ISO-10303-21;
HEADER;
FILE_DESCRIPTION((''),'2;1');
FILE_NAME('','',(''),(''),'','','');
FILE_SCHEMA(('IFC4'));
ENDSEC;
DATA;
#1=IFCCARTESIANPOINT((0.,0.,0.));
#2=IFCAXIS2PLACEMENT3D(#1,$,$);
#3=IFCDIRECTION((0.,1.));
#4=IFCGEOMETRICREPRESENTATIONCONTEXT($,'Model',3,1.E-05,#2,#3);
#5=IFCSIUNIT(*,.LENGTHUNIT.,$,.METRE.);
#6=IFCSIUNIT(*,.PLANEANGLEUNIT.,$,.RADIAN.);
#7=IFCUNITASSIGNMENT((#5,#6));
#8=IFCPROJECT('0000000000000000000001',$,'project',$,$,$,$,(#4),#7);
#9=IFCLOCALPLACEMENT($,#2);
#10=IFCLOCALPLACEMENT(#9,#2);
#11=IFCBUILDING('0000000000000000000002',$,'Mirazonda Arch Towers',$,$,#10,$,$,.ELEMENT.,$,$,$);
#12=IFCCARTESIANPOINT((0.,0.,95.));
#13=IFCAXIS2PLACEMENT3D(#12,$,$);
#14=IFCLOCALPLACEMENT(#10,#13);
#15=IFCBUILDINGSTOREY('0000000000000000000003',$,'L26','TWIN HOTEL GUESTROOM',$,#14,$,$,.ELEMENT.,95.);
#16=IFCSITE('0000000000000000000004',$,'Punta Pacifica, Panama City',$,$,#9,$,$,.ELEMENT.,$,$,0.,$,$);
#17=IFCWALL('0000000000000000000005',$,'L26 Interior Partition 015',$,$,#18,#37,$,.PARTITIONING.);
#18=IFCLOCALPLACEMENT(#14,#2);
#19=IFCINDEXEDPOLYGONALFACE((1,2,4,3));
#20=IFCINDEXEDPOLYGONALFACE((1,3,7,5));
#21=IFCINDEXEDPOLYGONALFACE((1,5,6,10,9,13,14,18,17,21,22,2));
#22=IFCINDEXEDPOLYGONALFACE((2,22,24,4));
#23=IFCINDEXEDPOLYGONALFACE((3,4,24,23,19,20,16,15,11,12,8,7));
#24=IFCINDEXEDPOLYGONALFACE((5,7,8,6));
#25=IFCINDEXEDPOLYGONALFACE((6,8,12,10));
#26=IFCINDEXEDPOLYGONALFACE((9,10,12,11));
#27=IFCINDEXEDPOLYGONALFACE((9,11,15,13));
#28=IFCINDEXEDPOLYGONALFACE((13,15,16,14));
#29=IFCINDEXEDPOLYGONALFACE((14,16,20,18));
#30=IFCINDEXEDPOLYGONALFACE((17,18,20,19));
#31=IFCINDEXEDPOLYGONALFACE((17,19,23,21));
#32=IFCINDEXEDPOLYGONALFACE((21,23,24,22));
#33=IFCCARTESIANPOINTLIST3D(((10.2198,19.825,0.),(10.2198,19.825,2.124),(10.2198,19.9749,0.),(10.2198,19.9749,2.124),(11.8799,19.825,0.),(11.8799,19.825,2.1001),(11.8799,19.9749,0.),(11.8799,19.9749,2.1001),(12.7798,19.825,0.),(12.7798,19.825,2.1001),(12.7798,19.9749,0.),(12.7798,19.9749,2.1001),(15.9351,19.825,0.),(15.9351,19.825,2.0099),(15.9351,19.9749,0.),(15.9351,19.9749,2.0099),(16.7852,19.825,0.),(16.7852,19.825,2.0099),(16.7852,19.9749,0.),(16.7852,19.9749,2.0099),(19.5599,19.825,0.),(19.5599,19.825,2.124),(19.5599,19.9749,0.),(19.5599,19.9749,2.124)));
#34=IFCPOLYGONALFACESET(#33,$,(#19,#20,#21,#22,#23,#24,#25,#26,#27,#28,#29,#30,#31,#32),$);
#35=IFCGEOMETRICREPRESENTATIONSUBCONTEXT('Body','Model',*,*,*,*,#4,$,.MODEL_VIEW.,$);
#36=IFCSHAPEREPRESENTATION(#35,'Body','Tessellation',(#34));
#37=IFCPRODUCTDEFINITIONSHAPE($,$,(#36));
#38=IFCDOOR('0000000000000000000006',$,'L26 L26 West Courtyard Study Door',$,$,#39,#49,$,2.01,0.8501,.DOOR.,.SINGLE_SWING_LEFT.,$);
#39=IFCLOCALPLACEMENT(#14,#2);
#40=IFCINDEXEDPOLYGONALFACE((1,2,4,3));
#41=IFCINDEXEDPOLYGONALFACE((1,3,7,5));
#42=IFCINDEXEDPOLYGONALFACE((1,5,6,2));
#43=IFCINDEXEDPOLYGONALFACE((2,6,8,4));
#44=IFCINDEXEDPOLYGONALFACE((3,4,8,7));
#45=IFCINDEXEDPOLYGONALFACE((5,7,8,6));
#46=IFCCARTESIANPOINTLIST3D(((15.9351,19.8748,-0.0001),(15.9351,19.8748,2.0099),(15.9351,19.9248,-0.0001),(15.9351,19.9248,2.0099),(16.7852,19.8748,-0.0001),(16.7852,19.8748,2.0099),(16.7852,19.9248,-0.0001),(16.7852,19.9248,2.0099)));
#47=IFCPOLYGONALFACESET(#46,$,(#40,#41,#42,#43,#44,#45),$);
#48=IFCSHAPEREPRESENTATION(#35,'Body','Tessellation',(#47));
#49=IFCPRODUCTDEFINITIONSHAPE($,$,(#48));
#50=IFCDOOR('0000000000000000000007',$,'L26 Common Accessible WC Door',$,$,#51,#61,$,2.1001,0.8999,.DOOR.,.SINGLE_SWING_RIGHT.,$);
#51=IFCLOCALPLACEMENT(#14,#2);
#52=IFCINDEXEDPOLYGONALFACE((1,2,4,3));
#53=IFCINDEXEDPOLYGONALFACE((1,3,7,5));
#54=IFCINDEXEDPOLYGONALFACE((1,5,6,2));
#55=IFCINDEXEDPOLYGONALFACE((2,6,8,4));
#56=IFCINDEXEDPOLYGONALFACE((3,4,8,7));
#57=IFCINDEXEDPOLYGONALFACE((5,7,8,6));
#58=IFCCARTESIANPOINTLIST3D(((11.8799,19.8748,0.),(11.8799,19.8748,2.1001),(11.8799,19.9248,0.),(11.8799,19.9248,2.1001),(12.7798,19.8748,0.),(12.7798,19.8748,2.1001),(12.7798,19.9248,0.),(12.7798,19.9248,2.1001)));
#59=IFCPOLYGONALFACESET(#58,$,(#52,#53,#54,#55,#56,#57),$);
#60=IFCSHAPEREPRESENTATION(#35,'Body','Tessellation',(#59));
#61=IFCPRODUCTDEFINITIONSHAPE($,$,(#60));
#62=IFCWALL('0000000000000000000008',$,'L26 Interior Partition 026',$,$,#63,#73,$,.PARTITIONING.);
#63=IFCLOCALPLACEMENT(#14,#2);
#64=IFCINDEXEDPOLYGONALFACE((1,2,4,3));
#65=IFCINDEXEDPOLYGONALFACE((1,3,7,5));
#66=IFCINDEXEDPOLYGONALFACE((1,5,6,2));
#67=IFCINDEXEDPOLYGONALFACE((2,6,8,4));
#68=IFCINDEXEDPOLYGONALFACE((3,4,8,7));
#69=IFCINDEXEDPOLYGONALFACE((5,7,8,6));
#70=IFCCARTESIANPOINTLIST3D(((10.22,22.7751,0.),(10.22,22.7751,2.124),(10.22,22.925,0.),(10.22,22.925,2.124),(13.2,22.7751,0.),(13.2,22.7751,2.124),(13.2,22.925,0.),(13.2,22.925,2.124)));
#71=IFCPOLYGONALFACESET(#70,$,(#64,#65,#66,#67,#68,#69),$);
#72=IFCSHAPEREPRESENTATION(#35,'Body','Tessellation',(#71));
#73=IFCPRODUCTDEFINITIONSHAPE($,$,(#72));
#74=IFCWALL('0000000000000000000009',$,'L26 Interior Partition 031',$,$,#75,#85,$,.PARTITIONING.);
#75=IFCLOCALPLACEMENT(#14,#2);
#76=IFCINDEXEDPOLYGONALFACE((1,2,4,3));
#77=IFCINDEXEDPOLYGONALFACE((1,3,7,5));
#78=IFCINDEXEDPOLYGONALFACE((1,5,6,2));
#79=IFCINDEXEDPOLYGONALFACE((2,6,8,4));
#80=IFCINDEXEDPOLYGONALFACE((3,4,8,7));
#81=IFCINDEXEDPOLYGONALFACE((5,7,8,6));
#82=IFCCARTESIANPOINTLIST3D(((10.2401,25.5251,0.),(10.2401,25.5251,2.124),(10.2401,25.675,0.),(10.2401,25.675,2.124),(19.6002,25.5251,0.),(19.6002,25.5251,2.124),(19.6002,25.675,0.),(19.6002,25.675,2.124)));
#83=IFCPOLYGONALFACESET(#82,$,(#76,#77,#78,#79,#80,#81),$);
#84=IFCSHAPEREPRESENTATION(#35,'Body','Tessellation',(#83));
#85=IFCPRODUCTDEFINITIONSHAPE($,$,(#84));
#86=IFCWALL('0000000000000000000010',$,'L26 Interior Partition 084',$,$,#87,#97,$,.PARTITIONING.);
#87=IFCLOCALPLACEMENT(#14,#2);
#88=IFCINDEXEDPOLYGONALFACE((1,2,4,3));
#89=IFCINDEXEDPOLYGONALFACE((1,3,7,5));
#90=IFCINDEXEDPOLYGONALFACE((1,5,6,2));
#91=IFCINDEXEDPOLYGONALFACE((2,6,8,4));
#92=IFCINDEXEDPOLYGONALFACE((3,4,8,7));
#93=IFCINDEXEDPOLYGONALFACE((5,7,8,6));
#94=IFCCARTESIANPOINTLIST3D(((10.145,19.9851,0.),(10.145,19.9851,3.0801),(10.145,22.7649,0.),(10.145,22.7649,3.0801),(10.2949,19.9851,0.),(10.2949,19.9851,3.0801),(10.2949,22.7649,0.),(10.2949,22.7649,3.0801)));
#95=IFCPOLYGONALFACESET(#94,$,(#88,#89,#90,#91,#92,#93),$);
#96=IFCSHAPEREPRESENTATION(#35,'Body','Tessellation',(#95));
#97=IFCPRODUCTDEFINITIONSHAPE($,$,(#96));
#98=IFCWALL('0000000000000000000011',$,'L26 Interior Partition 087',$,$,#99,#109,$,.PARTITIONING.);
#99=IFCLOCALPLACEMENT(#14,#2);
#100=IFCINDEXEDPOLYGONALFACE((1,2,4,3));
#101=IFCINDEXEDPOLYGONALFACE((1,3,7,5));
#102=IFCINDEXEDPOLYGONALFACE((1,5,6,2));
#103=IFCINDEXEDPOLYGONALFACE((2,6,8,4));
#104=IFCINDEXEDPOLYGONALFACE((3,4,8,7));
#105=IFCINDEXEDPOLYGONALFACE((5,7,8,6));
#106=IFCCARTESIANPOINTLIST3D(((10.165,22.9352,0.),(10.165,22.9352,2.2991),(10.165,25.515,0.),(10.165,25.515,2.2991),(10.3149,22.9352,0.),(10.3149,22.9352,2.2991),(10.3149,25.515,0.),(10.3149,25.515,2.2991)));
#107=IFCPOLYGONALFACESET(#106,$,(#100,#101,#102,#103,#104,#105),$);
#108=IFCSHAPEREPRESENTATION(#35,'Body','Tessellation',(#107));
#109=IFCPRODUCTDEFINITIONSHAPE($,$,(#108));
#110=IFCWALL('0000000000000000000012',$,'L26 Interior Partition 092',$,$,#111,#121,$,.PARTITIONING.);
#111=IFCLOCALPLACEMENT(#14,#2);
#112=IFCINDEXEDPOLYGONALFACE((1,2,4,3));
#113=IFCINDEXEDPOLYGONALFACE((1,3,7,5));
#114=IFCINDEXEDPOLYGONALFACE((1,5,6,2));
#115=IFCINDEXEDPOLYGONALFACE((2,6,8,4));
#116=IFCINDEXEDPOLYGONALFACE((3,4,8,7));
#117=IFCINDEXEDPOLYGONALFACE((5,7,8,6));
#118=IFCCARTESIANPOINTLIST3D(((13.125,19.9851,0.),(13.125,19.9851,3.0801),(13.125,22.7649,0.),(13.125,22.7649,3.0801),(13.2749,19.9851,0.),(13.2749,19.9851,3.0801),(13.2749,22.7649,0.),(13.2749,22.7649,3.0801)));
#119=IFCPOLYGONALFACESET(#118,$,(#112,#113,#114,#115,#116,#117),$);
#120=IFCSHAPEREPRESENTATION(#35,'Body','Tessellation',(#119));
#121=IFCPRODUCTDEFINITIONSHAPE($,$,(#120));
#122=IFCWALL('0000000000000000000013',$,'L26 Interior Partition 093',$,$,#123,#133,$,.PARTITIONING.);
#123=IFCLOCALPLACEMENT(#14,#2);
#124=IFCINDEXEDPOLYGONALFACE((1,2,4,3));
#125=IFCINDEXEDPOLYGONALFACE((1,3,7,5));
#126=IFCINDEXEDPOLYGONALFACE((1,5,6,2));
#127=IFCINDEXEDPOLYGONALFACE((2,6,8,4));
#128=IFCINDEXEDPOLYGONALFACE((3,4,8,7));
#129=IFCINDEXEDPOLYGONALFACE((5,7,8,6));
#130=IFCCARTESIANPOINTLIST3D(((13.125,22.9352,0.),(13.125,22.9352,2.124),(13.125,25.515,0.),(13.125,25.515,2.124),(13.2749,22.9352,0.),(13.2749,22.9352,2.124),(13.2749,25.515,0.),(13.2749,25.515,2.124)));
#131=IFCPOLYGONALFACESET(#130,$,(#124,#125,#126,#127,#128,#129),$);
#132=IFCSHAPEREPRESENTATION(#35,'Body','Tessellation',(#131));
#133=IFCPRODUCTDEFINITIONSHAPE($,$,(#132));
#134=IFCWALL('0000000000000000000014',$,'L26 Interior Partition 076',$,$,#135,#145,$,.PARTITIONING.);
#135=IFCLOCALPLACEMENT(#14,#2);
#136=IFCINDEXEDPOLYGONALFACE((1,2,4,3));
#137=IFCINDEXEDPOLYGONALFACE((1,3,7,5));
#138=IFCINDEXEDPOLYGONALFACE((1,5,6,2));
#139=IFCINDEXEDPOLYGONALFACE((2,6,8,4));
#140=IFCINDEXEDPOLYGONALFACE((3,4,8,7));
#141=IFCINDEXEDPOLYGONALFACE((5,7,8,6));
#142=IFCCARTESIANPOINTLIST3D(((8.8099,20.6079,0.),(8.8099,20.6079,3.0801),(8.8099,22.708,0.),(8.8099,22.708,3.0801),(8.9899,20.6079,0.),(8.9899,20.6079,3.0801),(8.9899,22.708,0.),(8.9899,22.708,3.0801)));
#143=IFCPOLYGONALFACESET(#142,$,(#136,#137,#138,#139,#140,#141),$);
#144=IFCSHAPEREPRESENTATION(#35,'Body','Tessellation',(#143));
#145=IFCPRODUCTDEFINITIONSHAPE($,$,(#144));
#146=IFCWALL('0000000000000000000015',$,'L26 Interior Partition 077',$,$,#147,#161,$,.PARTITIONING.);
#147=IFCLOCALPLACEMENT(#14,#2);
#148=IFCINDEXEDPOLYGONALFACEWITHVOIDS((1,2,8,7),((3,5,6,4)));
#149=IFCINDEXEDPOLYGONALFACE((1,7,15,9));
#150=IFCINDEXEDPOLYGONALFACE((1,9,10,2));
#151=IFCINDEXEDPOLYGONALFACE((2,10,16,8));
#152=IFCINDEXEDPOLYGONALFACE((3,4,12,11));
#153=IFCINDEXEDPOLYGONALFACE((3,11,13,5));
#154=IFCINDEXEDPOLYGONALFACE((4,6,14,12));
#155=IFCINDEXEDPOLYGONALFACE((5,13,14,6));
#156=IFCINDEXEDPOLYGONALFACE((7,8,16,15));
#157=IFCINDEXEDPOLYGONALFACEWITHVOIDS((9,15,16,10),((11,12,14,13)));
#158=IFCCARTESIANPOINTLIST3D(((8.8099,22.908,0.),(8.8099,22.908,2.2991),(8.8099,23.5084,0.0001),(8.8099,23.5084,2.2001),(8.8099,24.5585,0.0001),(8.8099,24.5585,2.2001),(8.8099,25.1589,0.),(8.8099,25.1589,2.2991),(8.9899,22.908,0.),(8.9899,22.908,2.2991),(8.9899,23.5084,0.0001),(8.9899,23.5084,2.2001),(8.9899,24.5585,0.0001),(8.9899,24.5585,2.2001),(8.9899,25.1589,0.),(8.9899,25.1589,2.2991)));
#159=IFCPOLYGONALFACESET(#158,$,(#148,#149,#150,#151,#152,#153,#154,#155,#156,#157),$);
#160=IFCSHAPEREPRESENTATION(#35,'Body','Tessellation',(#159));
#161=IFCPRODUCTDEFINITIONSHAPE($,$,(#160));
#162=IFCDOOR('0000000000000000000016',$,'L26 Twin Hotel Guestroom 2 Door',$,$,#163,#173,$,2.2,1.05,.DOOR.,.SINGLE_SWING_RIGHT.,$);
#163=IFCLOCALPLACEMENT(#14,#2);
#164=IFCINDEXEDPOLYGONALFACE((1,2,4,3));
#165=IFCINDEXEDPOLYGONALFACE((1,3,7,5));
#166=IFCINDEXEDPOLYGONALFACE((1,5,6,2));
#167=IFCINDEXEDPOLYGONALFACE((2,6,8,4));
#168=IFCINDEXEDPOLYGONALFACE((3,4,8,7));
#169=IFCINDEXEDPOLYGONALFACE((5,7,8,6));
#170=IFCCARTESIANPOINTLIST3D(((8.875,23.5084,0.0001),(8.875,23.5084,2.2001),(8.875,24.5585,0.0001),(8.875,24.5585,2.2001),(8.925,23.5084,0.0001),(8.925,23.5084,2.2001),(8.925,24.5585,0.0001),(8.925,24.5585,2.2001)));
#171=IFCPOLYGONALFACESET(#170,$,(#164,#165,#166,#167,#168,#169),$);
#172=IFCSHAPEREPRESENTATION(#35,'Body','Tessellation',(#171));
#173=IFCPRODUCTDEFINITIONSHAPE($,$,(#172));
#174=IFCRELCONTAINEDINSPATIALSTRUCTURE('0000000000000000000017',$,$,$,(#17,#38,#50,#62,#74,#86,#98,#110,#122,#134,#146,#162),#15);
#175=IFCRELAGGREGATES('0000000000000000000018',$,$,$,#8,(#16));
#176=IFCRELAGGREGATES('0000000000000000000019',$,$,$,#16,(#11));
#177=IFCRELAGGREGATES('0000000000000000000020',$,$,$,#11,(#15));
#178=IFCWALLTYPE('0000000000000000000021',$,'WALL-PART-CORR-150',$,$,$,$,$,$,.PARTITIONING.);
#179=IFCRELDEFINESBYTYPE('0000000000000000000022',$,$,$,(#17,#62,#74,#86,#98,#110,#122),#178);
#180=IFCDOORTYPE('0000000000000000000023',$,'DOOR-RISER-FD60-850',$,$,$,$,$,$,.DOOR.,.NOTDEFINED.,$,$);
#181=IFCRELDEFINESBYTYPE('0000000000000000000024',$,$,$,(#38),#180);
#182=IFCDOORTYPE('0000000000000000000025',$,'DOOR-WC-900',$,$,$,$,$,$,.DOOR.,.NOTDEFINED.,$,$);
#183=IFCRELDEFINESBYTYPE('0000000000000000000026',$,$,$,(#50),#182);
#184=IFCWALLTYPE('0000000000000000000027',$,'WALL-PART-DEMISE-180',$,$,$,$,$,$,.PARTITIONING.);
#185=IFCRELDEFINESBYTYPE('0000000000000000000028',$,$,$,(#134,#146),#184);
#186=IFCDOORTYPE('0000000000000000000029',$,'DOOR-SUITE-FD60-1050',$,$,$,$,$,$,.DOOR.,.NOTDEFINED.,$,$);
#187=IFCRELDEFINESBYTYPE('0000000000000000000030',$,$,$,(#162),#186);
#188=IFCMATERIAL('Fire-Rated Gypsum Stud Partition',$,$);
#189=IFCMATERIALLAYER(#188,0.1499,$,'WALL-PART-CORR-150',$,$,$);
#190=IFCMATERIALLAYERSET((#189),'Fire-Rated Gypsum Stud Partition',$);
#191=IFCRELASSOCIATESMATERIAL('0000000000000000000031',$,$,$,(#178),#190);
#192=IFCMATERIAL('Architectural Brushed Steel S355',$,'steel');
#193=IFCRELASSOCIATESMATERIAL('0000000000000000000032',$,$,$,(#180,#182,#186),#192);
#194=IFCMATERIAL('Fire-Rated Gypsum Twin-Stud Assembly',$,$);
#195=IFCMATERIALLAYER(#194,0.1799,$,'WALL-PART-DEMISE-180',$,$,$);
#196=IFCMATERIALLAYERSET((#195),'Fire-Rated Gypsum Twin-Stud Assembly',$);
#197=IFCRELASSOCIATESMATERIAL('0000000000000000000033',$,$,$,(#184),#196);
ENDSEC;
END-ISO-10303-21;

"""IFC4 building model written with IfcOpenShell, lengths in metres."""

from ifc_helpers import new_model, si_unit, direction, frame, frame_2d, origin, place, context, subcontext, project, spatial, rectangle, extrude, material, layer, layer_set, type_object, element, fill, save


model = new_model("IFC4")

# Units and contexts
model_context = context("Model", 3, precision=1e-05, world=origin(), true_north=direction((0.0, 1.0)))
body_context = subcontext(model_context, "Body", "Model", "MODEL_VIEW")
ifc_project = project(units=[si_unit("LENGTHUNIT", "METRE"), si_unit("PLANEANGLEUNIT", "RADIAN")], contexts=[model_context])

# Site, building, storey
site_placement = place(None, origin())
site = spatial("IfcSite", under=ifc_project, at=site_placement, Name="Punta Pacifica, Panama City", CompositionType="ELEMENT", RefElevation=0.0)
building_placement = place(site_placement, origin())
building = spatial("IfcBuilding", under=site, at=building_placement, Name="Mirazonda Arch Towers", CompositionType="ELEMENT")
storey_placement = place(building_placement, frame((0.0, 0.0, 95.0)))
storey = spatial("IfcBuildingStorey", under=building, at=storey_placement, Name="L26", Description="TWIN HOTEL GUESTROOM", CompositionType="ELEMENT", Elevation=95.0)

# Shared definitions
ifc_material_1 = material(Name="Architectural Brushed Steel S355", Category="steel")

# Shared definitions
ifc_material_2 = material(Name="Fire-Rated Gypsum Stud Partition")
ifc_layer_1 = layer(ifc_material_2, 0.1499, Name="WALL-PART-CORR-150")
ifc_layer_set_1 = layer_set([ifc_layer_1], Name="Fire-Rated Gypsum Stud Partition")
wall_type_1 = type_object("IfcWallType", Name="WALL-PART-CORR-150", PredefinedType="PARTITIONING", material=ifc_layer_set_1)

# Wall, openings, doors
wall_1_placement = place(storey_placement, frame((10.22, 19.8999, 0.0), z_axis=(0.0, 0.0, 1.0), x_axis=(1.0, 0.0, 0.0)))
wall_1 = element("IfcWall", 1, at=wall_1_placement, inside=storey, type_object=wall_type_1, Name="L26 Interior Partition 015", PredefinedType="PARTITIONING", context=body_context, shape_type="SweptSolid", body=[
    extrude(rectangle(XDim=9.3401, YDim=0.1499, at=frame_2d((4.6699, 0.0))), origin(), (0.0, 0.0, 1.0), 2.124),
])
opening_1_placement = place(wall_1_placement, frame((1.6599, 0.0, 0.0)))
opening_1 = element("IfcOpeningElement", 2, at=opening_1_placement, cuts=wall_1, PredefinedType="OPENING", context=body_context, shape_type="SweptSolid", body=[
    extrude(rectangle(XDim=0.8999, YDim=2.1001, at=frame_2d((0.45, 1.05))), frame((0.0, 0.085, 0.0), z_axis=(0.0, -1.0, 0.0), x_axis=(1.0, 0.0, 0.0)), (0.0, 0.0, 1.0), 0.1699),
])
opening_2_placement = place(wall_1_placement, frame((5.7151, 0.0, 0.0)))
opening_2 = element("IfcOpeningElement", 3, at=opening_2_placement, cuts=wall_1, PredefinedType="OPENING", context=body_context, shape_type="SweptSolid", body=[
    extrude(rectangle(XDim=0.8501, YDim=2.01, at=frame_2d((0.425, 1.0049))), frame((0.0, 0.085, 0.0), z_axis=(0.0, -1.0, 0.0), x_axis=(1.0, 0.0, 0.0)), (0.0, 0.0, 1.0), 0.1699),
])
door_type_1 = type_object("IfcDoorType", Name="DOOR-RISER-FD60-850", OperationType="NOTDEFINED", PredefinedType="DOOR", material=ifc_material_1)
door_1_placement = place(opening_2_placement, origin())
door_1 = element("IfcDoor", 4, at=door_1_placement, inside=storey, type_object=door_type_1, Name="L26 L26 West Courtyard Study Door", OperationType="SINGLE_SWING_LEFT", OverallHeight=2.01, OverallWidth=0.8501, PredefinedType="DOOR", context=body_context, shape_type="SweptSolid", body=[
    extrude(rectangle(XDim=0.8501, YDim=2.01, at=frame_2d((0.425, 1.0049))), frame((0.0, 0.0249, 0.0), z_axis=(0.0, -1.0, 0.0), x_axis=(1.0, 0.0, 0.0)), (0.0, 0.0, 1.0), 0.05),
])
fill(opening_2, door_1)
door_type_2 = type_object("IfcDoorType", Name="DOOR-WC-900", OperationType="NOTDEFINED", PredefinedType="DOOR", material=ifc_material_1)
door_2_placement = place(opening_1_placement, origin())
door_2 = element("IfcDoor", 5, at=door_2_placement, inside=storey, type_object=door_type_2, Name="L26 Common Accessible WC Door", OperationType="SINGLE_SWING_RIGHT", OverallHeight=2.1001, OverallWidth=0.8999, PredefinedType="DOOR", context=body_context, shape_type="SweptSolid", body=[
    extrude(rectangle(XDim=0.8999, YDim=2.1001, at=frame_2d((0.45, 1.05))), frame((0.0, 0.0249, 0.0), z_axis=(0.0, -1.0, 0.0), x_axis=(1.0, 0.0, 0.0)), (0.0, 0.0, 1.0), 0.05),
])
fill(opening_1, door_2)

# Walls
wall_2_placement = place(storey_placement, frame((10.22, 22.8501, 0.0), z_axis=(0.0, 0.0, 1.0), x_axis=(1.0, 0.0, 0.0)))
element("IfcWall", 6, at=wall_2_placement, inside=storey, type_object=wall_type_1, Name="L26 Interior Partition 026", PredefinedType="PARTITIONING", context=body_context, shape_type="SweptSolid", body=[
    extrude(rectangle(XDim=2.98, YDim=0.1499, at=frame_2d((1.49, 0.0))), origin(), (0.0, 0.0, 1.0), 2.124),
])
wall_3_placement = place(storey_placement, frame((10.24, 25.6001, 0.0), z_axis=(0.0, 0.0, 1.0), x_axis=(1.0, 0.0, 0.0)))
element("IfcWall", 7, at=wall_3_placement, inside=storey, type_object=wall_type_1, Name="L26 Interior Partition 031", PredefinedType="PARTITIONING", context=body_context, shape_type="SweptSolid", body=[
    extrude(rectangle(XDim=9.3601, YDim=0.1499, at=frame_2d((4.6802, 0.0))), origin(), (0.0, 0.0, 1.0), 2.124),
])
wall_4_placement = place(storey_placement, frame((10.22, 19.9851, 0.0), z_axis=(0.0, 0.0, 1.0), x_axis=(0.0, 1.0, 0.0)))
element("IfcWall", 8, at=wall_4_placement, inside=storey, type_object=wall_type_1, Name="L26 Interior Partition 084", PredefinedType="PARTITIONING", context=body_context, shape_type="SweptSolid", body=[
    extrude(rectangle(XDim=2.7798, YDim=0.1499, at=frame_2d((1.3899, 0.0))), origin(), (0.0, 0.0, 1.0), 3.0801),
])
wall_5_placement = place(storey_placement, frame((10.24, 22.9351, 0.0), z_axis=(0.0, 0.0, 1.0), x_axis=(0.0, 1.0, 0.0)))
element("IfcWall", 9, at=wall_5_placement, inside=storey, type_object=wall_type_1, Name="L26 Interior Partition 087", PredefinedType="PARTITIONING", context=body_context, shape_type="SweptSolid", body=[
    extrude(rectangle(XDim=2.5798, YDim=0.1499, at=frame_2d((1.29, 0.0))), origin(), (0.0, 0.0, 1.0), 2.2991),
])
wall_6_placement = place(storey_placement, frame((13.2, 19.9851, 0.0), z_axis=(0.0, 0.0, 1.0), x_axis=(0.0, 1.0, 0.0)))
element("IfcWall", 10, at=wall_6_placement, inside=storey, type_object=wall_type_1, Name="L26 Interior Partition 092", PredefinedType="PARTITIONING", context=body_context, shape_type="SweptSolid", body=[
    extrude(rectangle(XDim=2.7798, YDim=0.1499, at=frame_2d((1.3899, 0.0))), origin(), (0.0, 0.0, 1.0), 3.0801),
])
wall_7_placement = place(storey_placement, frame((13.2, 22.9351, 0.0), z_axis=(0.0, 0.0, 1.0), x_axis=(0.0, 1.0, 0.0)))
element("IfcWall", 11, at=wall_7_placement, inside=storey, type_object=wall_type_1, Name="L26 Interior Partition 093", PredefinedType="PARTITIONING", context=body_context, shape_type="SweptSolid", body=[
    extrude(rectangle(XDim=2.5798, YDim=0.1499, at=frame_2d((1.29, 0.0))), origin(), (0.0, 0.0, 1.0), 2.124),
])
ifc_material_3 = material(Name="Fire-Rated Gypsum Twin-Stud Assembly")
ifc_layer_2 = layer(ifc_material_3, 0.1799, Name="WALL-PART-DEMISE-180")
ifc_layer_set_2 = layer_set([ifc_layer_2], Name="Fire-Rated Gypsum Twin-Stud Assembly")
wall_type_2 = type_object("IfcWallType", Name="WALL-PART-DEMISE-180", PredefinedType="PARTITIONING", material=ifc_layer_set_2)
wall_8_placement = place(storey_placement, frame((8.8999, 20.6079, 0.0), z_axis=(0.0, 0.0, 1.0), x_axis=(0.0, 1.0, 0.0)))
element("IfcWall", 12, at=wall_8_placement, inside=storey, type_object=wall_type_2, Name="L26 Interior Partition 076", PredefinedType="PARTITIONING", context=body_context, shape_type="SweptSolid", body=[
    extrude(rectangle(XDim=2.1001, YDim=0.1799, at=frame_2d((1.05, 0.0))), origin(), (0.0, 0.0, 1.0), 3.0801),
])

# Wall, opening, door
wall_9_placement = place(storey_placement, frame((8.8999, 22.908, 0.0), z_axis=(0.0, 0.0, 1.0), x_axis=(0.0, 1.0, 0.0)))
wall_9 = element("IfcWall", 13, at=wall_9_placement, inside=storey, type_object=wall_type_2, Name="L26 Interior Partition 077", PredefinedType="PARTITIONING", context=body_context, shape_type="SweptSolid", body=[
    extrude(rectangle(XDim=2.251, YDim=0.1799, at=frame_2d((1.1255, 0.0))), origin(), (0.0, 0.0, 1.0), 2.2991),
])
opening_3_placement = place(wall_9_placement, frame((0.6006, 0.0, 0.0)))
opening_3 = element("IfcOpeningElement", 14, at=opening_3_placement, cuts=wall_9, PredefinedType="OPENING", context=body_context, shape_type="SweptSolid", body=[
    extrude(rectangle(XDim=1.05, YDim=2.2, at=frame_2d((0.5249, 1.1001))), frame((0.0, 0.0999, 0.0), z_axis=(0.0, -1.0, 0.0), x_axis=(1.0, 0.0, 0.0)), (0.0, 0.0, 1.0), 0.2),
])
door_type_3 = type_object("IfcDoorType", Name="DOOR-SUITE-FD60-1050", OperationType="NOTDEFINED", PredefinedType="DOOR", material=ifc_material_1)
door_3_placement = place(opening_3_placement, origin())
door_3 = element("IfcDoor", 15, at=door_3_placement, inside=storey, type_object=door_type_3, Name="L26 Twin Hotel Guestroom 2 Door", OperationType="SINGLE_SWING_RIGHT", OverallHeight=2.2, OverallWidth=1.05, PredefinedType="DOOR", context=body_context, shape_type="SweptSolid", body=[
    extrude(rectangle(XDim=1.05, YDim=2.2, at=frame_2d((0.5249, 1.1001))), frame((0.0, 0.0249, 0.0), z_axis=(0.0, -1.0, 0.0), x_axis=(1.0, 0.0, 0.0)), (0.0, 0.0, 1.0), 0.05),
])
fill(opening_3, door_3)

save(model, "model.ifc")
